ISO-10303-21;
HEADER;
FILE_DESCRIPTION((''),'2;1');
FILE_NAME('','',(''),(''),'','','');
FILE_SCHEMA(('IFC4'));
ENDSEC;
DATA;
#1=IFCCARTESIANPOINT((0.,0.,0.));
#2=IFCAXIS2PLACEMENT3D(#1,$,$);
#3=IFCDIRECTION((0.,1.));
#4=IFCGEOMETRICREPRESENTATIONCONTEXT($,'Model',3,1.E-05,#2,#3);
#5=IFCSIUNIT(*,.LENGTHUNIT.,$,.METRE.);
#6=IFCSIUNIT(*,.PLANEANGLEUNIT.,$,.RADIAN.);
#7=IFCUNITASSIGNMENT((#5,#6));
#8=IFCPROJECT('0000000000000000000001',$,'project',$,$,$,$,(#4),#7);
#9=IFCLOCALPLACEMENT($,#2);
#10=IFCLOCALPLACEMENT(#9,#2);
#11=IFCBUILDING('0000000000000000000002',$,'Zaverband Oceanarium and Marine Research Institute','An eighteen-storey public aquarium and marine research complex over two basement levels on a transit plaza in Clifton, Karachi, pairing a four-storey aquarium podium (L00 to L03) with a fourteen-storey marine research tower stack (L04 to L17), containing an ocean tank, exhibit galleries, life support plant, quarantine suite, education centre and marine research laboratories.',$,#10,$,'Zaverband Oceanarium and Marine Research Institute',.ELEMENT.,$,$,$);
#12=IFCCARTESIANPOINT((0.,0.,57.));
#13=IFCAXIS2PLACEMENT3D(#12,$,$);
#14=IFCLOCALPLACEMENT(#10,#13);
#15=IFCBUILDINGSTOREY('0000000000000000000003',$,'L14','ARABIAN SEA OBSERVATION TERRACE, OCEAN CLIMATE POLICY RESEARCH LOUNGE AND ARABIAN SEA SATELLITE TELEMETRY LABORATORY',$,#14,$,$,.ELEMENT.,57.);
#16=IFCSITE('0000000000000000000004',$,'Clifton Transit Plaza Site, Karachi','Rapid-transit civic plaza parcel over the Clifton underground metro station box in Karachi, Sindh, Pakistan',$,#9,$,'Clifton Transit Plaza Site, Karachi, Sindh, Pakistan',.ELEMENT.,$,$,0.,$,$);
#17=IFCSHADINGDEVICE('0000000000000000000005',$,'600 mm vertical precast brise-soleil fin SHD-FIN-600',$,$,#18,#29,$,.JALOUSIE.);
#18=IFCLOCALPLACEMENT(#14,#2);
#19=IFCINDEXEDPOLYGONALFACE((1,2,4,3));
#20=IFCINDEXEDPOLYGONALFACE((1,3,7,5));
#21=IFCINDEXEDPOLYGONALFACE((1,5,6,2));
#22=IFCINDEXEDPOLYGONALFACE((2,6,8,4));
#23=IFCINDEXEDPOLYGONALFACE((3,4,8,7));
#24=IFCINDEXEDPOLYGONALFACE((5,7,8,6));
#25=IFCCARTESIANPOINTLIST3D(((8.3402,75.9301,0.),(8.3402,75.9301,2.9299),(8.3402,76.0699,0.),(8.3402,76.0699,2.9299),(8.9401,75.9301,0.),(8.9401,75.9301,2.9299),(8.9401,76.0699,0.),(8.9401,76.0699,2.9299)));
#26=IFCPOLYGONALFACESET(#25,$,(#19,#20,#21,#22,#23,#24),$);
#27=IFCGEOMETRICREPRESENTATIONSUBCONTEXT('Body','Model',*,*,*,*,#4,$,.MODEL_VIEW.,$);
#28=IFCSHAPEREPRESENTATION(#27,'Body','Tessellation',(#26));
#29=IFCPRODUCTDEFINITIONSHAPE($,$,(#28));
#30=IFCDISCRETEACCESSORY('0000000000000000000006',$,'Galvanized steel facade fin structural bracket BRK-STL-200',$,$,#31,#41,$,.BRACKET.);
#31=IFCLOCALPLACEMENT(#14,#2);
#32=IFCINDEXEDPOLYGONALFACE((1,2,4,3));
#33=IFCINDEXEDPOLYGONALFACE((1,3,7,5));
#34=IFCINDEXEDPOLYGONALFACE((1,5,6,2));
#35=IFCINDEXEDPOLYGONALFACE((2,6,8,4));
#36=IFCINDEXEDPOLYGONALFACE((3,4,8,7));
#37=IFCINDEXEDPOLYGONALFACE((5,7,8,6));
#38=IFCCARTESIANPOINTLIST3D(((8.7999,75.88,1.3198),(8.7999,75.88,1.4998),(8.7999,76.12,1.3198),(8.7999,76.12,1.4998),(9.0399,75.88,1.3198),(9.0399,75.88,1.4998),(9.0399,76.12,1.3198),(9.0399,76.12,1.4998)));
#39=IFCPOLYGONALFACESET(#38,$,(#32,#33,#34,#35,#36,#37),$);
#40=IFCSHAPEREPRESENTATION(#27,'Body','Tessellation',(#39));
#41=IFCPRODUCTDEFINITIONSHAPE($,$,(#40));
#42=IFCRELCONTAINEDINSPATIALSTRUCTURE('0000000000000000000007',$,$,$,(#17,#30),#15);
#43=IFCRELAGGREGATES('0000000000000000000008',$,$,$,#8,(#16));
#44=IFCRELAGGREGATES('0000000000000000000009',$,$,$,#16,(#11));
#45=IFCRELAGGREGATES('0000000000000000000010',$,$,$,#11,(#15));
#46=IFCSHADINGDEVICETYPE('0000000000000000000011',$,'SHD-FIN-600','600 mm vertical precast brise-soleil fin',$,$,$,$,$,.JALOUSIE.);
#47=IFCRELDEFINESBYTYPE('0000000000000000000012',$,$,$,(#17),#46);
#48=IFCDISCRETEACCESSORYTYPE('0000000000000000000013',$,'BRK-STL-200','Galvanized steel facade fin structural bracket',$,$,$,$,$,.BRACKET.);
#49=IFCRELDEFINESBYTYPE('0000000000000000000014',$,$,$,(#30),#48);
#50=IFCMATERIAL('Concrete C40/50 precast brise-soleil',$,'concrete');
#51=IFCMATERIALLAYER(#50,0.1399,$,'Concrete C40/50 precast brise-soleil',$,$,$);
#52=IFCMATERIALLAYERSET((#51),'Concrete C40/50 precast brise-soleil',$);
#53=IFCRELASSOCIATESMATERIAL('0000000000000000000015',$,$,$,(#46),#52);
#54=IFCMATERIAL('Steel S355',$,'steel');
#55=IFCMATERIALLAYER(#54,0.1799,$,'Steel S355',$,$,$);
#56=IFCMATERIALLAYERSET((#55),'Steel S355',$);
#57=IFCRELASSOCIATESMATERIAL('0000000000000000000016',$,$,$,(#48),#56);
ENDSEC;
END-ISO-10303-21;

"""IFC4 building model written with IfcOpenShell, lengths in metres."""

from ifc_helpers import new_model, si_unit, direction, frame, frame_2d, origin, origin_2d, place, context, subcontext, project, spatial, rectangle, extrude, material, layer, layer_set, type_object, element, save


model = new_model("IFC4")

# Units and contexts
model_context = context("Model", 3, precision=1e-05, world=origin(), true_north=direction((0.0, 1.0)))
body_context = subcontext(model_context, "Body", "Model", "MODEL_VIEW")
ifc_project = project(units=[si_unit("LENGTHUNIT", "METRE"), si_unit("PLANEANGLEUNIT", "RADIAN")], contexts=[model_context])

# Site, building, storey
site_placement = place(None, origin())
site = spatial("IfcSite", under=ifc_project, at=site_placement, Name="Clifton Transit Plaza Site, Karachi", Description="Rapid-transit civic plaza parcel over the Clifton underground metro station box in Karachi, Sindh, Pakistan", LongName="Clifton Transit Plaza Site, Karachi, Sindh, Pakistan", CompositionType="ELEMENT", RefElevation=0.0)
building_placement = place(site_placement, origin())
building = spatial("IfcBuilding", under=site, at=building_placement, Name="Zaverband Oceanarium and Marine Research Institute", Description="An eighteen-storey public aquarium and marine research complex over two basement levels on a transit plaza in Clifton, Karachi, pairing a four-storey aquarium podium (L00 to L03) with a fourteen-storey marine research tower stack (L04 to L17), containing an ocean tank, exhibit galleries, life support plant, quarantine suite, education centre and marine research laboratories.", LongName="Zaverband Oceanarium and Marine Research Institute", CompositionType="ELEMENT")
storey_placement = place(building_placement, frame((0.0, 0.0, 57.0)))
storey = spatial("IfcBuildingStorey", under=building, at=storey_placement, Name="L14", Description="ARABIAN SEA OBSERVATION TERRACE, OCEAN CLIMATE POLICY RESEARCH LOUNGE AND ARABIAN SEA SATELLITE TELEMETRY LABORATORY", CompositionType="ELEMENT", Elevation=57.0)

# Shared definitions
ifc_material_1 = material(Name="Steel S355", Category="steel")

# Shading device
ifc_material_2 = material(Name="Concrete C40/50 precast brise-soleil", Category="concrete")
ifc_layer_1 = layer(ifc_material_2, 0.1399, Name="Concrete C40/50 precast brise-soleil")
ifc_layer_set_1 = layer_set([ifc_layer_1], Name="Concrete C40/50 precast brise-soleil")
shading_device_type = type_object("IfcShadingDeviceType", Name="SHD-FIN-600", Description="600 mm vertical precast brise-soleil fin", PredefinedType="JALOUSIE", material=ifc_layer_set_1)
shading_device_placement = place(storey_placement, frame((8.9399, 76.0, 0.0), z_axis=(0.0, 0.0, 1.0), x_axis=(-1.0, 0.0, 0.0)))
element("IfcShadingDevice", 1, at=shading_device_placement, inside=storey, type_object=shading_device_type, Name="600 mm vertical precast brise-soleil fin SHD-FIN-600", PredefinedType="JALOUSIE", context=body_context, shape_type="SweptSolid", body=[
    extrude(rectangle(XDim=0.5999, YDim=0.1399, at=frame_2d((0.2998, 0.0))), origin(), (0.0, 0.0, 1.0), 2.9299),
])

# Discrete accessory
ifc_layer_2 = layer(ifc_material_1, 0.1799, Name="Steel S355")
ifc_layer_set_2 = layer_set([ifc_layer_2], Name="Steel S355")
discrete_accessory_type = type_object("IfcDiscreteAccessoryType", Name="BRK-STL-200", Description="Galvanized steel facade fin structural bracket", PredefinedType="BRACKET", material=ifc_layer_set_2)
discrete_accessory_placement = place(storey_placement, frame((8.9199, 76.0, 1.3198), z_axis=(0.0, 0.0, 1.0), x_axis=(1.0, 0.0, 0.0)))
element("IfcDiscreteAccessory", 2, at=discrete_accessory_placement, inside=storey, type_object=discrete_accessory_type, Name="Galvanized steel facade fin structural bracket BRK-STL-200", PredefinedType="BRACKET", context=body_context, shape_type="SweptSolid", body=[
    extrude(rectangle(XDim=0.24, YDim=0.24, at=origin_2d()), origin(), (0.0, 0.0, 1.0), 0.1799),
])

save(model, "model.ifc")
